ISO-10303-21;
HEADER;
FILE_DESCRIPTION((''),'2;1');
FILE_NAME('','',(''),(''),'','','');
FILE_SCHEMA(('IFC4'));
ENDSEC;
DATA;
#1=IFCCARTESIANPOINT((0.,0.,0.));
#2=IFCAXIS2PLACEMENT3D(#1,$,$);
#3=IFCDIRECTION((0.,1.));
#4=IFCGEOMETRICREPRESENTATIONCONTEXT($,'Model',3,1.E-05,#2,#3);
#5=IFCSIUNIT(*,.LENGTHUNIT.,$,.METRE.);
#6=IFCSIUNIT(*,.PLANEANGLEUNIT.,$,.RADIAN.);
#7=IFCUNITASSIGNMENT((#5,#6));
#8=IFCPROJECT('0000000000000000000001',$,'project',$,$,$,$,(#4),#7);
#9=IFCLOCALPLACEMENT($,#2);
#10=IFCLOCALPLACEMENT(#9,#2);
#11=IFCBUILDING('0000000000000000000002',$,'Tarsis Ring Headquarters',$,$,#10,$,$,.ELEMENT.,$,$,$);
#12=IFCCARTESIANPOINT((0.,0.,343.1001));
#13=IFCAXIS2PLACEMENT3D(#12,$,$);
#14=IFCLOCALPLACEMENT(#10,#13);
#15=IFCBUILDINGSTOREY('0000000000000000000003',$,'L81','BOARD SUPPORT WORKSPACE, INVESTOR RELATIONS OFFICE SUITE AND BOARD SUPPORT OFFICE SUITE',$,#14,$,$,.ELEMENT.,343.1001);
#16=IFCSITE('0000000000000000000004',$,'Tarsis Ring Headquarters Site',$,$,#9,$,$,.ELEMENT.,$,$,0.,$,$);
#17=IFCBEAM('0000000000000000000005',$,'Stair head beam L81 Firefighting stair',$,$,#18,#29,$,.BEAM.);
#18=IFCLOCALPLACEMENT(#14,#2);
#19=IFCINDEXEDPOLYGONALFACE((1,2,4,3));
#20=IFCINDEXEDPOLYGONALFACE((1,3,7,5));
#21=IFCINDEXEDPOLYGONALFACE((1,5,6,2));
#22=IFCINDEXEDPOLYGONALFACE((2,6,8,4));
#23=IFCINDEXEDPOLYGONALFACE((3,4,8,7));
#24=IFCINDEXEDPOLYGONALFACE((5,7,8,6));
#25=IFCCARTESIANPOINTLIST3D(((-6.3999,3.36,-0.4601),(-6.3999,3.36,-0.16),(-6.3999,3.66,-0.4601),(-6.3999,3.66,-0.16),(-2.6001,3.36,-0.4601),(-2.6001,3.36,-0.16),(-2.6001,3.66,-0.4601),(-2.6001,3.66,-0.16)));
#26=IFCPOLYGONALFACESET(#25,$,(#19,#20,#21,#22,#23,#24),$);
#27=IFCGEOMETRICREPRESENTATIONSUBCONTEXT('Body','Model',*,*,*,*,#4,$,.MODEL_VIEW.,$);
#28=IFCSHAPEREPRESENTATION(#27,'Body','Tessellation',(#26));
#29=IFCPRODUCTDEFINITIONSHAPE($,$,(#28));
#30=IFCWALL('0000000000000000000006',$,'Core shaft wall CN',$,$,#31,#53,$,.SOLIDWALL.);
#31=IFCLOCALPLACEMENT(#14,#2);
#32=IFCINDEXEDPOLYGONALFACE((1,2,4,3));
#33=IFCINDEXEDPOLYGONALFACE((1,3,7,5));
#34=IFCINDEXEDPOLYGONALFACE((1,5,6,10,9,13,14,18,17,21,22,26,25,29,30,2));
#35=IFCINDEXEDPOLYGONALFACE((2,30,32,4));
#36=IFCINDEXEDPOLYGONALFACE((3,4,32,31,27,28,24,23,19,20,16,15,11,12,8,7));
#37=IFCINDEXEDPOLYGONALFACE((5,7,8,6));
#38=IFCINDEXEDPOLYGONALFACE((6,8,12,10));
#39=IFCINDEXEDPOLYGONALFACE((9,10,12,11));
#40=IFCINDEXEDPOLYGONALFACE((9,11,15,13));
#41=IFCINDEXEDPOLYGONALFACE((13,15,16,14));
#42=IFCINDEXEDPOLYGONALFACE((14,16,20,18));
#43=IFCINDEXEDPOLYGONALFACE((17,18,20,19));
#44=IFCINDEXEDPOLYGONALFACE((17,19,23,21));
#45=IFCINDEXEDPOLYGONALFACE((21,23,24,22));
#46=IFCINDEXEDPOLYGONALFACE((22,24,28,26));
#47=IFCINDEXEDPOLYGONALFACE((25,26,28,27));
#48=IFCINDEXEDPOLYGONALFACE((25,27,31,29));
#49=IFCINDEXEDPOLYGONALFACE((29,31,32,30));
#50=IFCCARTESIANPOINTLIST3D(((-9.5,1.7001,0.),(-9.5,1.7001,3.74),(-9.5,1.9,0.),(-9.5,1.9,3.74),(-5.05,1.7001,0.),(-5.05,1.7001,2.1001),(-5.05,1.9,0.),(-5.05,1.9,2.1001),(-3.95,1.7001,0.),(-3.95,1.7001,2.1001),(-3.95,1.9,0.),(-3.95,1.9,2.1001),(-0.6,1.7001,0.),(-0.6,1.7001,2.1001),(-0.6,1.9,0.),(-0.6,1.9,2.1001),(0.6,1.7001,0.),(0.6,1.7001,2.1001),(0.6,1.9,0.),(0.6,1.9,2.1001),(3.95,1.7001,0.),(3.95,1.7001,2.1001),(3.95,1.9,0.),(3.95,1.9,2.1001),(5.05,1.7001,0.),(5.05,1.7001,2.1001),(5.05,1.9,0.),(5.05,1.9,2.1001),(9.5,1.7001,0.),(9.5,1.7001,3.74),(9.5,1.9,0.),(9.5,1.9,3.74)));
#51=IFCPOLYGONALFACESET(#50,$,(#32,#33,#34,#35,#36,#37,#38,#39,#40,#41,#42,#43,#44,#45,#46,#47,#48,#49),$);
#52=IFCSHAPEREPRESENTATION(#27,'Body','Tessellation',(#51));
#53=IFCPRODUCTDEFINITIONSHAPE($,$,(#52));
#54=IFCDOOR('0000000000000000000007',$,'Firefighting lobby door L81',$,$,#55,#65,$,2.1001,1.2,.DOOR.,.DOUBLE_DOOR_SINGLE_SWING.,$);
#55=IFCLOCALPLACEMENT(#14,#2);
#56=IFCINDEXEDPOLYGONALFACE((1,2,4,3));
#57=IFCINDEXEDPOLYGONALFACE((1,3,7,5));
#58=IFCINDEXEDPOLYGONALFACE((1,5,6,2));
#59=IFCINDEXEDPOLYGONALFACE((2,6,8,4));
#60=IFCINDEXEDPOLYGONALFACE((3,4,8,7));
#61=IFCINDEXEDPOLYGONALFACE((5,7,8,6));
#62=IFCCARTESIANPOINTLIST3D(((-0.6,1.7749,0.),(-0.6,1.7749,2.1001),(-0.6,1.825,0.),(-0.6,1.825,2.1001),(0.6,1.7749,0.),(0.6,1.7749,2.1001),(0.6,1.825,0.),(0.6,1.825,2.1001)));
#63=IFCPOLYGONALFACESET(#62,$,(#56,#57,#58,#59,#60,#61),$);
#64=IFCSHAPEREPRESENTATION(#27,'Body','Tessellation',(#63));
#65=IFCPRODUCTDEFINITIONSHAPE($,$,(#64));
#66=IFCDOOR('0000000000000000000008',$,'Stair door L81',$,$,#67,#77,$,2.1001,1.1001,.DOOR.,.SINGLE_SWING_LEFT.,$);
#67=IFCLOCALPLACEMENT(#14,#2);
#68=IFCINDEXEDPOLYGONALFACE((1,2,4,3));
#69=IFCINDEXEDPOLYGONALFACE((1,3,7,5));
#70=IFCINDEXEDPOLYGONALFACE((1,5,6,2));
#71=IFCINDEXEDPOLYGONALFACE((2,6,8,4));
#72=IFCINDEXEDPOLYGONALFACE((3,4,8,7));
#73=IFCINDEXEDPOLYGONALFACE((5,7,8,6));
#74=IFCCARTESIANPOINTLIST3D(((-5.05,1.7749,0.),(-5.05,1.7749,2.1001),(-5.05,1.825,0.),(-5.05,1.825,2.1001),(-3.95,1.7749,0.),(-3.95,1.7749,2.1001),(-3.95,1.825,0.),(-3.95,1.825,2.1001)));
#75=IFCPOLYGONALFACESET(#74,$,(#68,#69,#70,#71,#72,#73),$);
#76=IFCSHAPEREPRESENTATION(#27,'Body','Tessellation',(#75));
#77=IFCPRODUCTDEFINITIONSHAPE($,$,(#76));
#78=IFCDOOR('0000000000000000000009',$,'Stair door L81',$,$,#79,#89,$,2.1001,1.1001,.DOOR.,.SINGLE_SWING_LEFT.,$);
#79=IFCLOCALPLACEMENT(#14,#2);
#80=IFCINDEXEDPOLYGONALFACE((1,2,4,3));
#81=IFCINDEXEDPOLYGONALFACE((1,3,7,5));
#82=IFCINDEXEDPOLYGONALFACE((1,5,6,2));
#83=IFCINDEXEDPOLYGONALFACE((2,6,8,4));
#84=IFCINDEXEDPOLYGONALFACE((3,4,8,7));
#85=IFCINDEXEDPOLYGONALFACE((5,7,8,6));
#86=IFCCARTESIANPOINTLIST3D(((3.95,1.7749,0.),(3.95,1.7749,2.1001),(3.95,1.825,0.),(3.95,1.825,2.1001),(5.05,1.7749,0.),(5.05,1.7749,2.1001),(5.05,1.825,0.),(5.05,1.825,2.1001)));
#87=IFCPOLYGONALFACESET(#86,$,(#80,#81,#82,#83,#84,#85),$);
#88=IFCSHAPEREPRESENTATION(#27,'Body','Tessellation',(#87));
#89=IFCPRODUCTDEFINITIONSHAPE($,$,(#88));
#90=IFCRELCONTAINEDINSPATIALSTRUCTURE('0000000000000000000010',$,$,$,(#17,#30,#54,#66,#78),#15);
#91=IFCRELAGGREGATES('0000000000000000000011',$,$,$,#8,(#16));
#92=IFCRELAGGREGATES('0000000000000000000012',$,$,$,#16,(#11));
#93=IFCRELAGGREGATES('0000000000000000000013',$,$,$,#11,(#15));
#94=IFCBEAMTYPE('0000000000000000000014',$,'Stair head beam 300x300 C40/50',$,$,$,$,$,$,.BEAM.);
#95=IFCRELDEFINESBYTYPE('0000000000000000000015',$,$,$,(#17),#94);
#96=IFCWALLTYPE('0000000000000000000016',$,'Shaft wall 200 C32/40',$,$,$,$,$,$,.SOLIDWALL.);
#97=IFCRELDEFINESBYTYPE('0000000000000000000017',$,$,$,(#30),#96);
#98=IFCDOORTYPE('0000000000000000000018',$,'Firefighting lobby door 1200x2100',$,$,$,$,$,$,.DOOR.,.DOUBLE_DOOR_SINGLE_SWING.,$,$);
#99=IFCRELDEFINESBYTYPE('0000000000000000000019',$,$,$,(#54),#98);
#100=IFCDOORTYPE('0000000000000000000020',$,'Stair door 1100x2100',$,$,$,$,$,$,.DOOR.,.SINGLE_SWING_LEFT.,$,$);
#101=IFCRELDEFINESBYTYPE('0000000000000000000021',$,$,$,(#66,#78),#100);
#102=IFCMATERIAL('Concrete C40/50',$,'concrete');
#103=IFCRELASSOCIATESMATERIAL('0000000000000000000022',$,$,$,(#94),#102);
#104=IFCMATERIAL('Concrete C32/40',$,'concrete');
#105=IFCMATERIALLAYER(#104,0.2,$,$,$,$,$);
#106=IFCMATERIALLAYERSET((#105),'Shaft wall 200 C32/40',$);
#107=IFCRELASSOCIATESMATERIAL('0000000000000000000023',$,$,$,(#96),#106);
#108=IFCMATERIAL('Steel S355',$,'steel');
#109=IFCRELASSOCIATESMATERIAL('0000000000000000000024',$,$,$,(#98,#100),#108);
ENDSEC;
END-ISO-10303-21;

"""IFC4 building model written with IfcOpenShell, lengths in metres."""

from ifc_helpers import new_model, si_unit, direction, frame, frame_2d, origin, origin_2d, place, context, subcontext, project, spatial, rectangle, extrude, material, layer, layer_set, material_profile, profile_set, type_object, element, fill, save


model = new_model("IFC4")

# Units and contexts
model_context = context("Model", 3, precision=1e-05, world=origin(), true_north=direction((0.0, 1.0)))
body_context = subcontext(model_context, "Body", "Model", "MODEL_VIEW")
ifc_project = project(units=[si_unit("LENGTHUNIT", "METRE"), si_unit("PLANEANGLEUNIT", "RADIAN")], contexts=[model_context])

# Site, building, storey
site_placement = place(None, origin())
site = spatial("IfcSite", under=ifc_project, at=site_placement, Name="Tarsis Ring Headquarters Site", CompositionType="ELEMENT", RefElevation=0.0)
building_placement = place(site_placement, origin())
building = spatial("IfcBuilding", under=site, at=building_placement, Name="Tarsis Ring Headquarters", CompositionType="ELEMENT")
storey_placement = place(building_placement, frame((0.0, 0.0, 343.1001)))
storey = spatial("IfcBuildingStorey", under=building, at=storey_placement, Name="L81", Description="BOARD SUPPORT WORKSPACE, INVESTOR RELATIONS OFFICE SUITE AND BOARD SUPPORT OFFICE SUITE", CompositionType="ELEMENT", Elevation=343.1001)

# Beam
ifc_material_1 = material(Name="Concrete C40/50", Category="concrete")
ifc_material_profile = material_profile(ifc_material_1, rectangle(XDim=0.3, YDim=0.3, at=origin_2d()), Name="Stair head beam 300x300 C40/50")
ifc_profile_set = profile_set([ifc_material_profile], Name="Concrete C40/50")
beam_type = type_object("IfcBeamType", Name="Stair head beam 300x300 C40/50", PredefinedType="BEAM", material=ifc_profile_set)
beam_placement = place(storey_placement, frame((-6.3999, 3.51, -0.3101), z_axis=(1.0, 0.0, 0.0), x_axis=(0.0, 1.0, 0.0)))
element("IfcBeam", 1, at=beam_placement, inside=storey, type_object=beam_type, Name="Stair head beam L81 Firefighting stair", PredefinedType="BEAM", context=body_context, shape_type="SweptSolid", body=[
    extrude(rectangle(XDim=0.3, YDim=0.3, at=origin_2d()), origin(), (0.0, 0.0, 1.0), 3.7998),
])

# Wall, openings, doors
ifc_material_2 = material(Name="Concrete C32/40", Category="concrete")
ifc_layer = layer(ifc_material_2, 0.2)
ifc_layer_set = layer_set([ifc_layer], Name="Shaft wall 200 C32/40")
wall_type = type_object("IfcWallType", Name="Shaft wall 200 C32/40", PredefinedType="SOLIDWALL", material=ifc_layer_set)
wall_1_placement = place(storey_placement, frame((-9.5, 1.8, 0.0), z_axis=(0.0, 0.0, 1.0), x_axis=(1.0, 0.0, 0.0)))
wall_1 = element("IfcWall", 2, at=wall_1_placement, inside=storey, type_object=wall_type, Name="Core shaft wall CN", PredefinedType="SOLIDWALL", context=body_context, shape_type="SweptSolid", body=[
    extrude(rectangle(XDim=19.0, YDim=0.2, at=frame_2d((9.5, 0.0))), origin(), (0.0, 0.0, 1.0), 3.74),
])
opening_1_placement = place(wall_1_placement, frame((4.45, 0.0, 0.0)))
opening_1 = element("IfcOpeningElement", 3, at=opening_1_placement, cuts=wall_1, PredefinedType="OPENING", context=body_context, shape_type="SweptSolid", body=[
    extrude(rectangle(XDim=1.1001, YDim=2.1001, at=frame_2d((0.55, 1.05))), frame((0.0, 0.1099, 0.0), z_axis=(0.0, -1.0, 0.0), x_axis=(1.0, 0.0, 0.0)), (0.0, 0.0, 1.0), 0.22),
])
opening_2_placement = place(wall_1_placement, frame((8.8999, 0.0, 0.0)))
opening_2 = element("IfcOpeningElement", 4, at=opening_2_placement, cuts=wall_1, PredefinedType="OPENING", context=body_context, shape_type="SweptSolid", body=[
    extrude(rectangle(XDim=1.2, YDim=2.1001, at=frame_2d((0.6001, 1.05))), frame((0.0, 0.1099, 0.0), z_axis=(0.0, -1.0, 0.0), x_axis=(1.0, 0.0, 0.0)), (0.0, 0.0, 1.0), 0.22),
])
opening_3_placement = place(wall_1_placement, frame((13.45, 0.0, 0.0)))
opening_3 = element("IfcOpeningElement", 5, at=opening_3_placement, cuts=wall_1, PredefinedType="OPENING", context=body_context, shape_type="SweptSolid", body=[
    extrude(rectangle(XDim=1.1001, YDim=2.1001, at=frame_2d((0.55, 1.05))), frame((0.0, 0.1099, 0.0), z_axis=(0.0, -1.0, 0.0), x_axis=(1.0, 0.0, 0.0)), (0.0, 0.0, 1.0), 0.22),
])
ifc_material_3 = material(Name="Steel S355", Category="steel")
door_type_1 = type_object("IfcDoorType", Name="Firefighting lobby door 1200x2100", OperationType="DOUBLE_DOOR_SINGLE_SWING", PredefinedType="DOOR", material=ifc_material_3)
door_1_placement = place(opening_2_placement, origin())
door_1 = element("IfcDoor", 6, at=door_1_placement, inside=storey, type_object=door_type_1, Name="Firefighting lobby door L81", OperationType="DOUBLE_DOOR_SINGLE_SWING", OverallHeight=2.1001, OverallWidth=1.2, PredefinedType="DOOR", context=body_context, shape_type="SweptSolid", body=[
    extrude(rectangle(XDim=1.2, YDim=2.1001, at=frame_2d((0.6001, 1.05))), frame((0.0, 0.0249, 0.0), z_axis=(0.0, -1.0, 0.0), x_axis=(1.0, 0.0, 0.0)), (0.0, 0.0, 1.0), 0.05),
])
fill(opening_2, door_1)
door_type_2 = type_object("IfcDoorType", Name="Stair door 1100x2100", OperationType="SINGLE_SWING_LEFT", PredefinedType="DOOR", material=ifc_material_3)
door_2_placement = place(opening_1_placement, origin())
door_2 = element("IfcDoor", 7, at=door_2_placement, inside=storey, type_object=door_type_2, Name="Stair door L81", OperationType="SINGLE_SWING_LEFT", OverallHeight=2.1001, OverallWidth=1.1001, PredefinedType="DOOR", context=body_context, shape_type="SweptSolid", body=[
    extrude(rectangle(XDim=1.1001, YDim=2.1001, at=frame_2d((0.55, 1.05))), frame((0.0, 0.0249, 0.0), z_axis=(0.0, -1.0, 0.0), x_axis=(1.0, 0.0, 0.0)), (0.0, 0.0, 1.0), 0.05),
])
fill(opening_1, door_2)
door_3_placement = place(opening_3_placement, origin())
door_3 = element("IfcDoor", 8, at=door_3_placement, inside=storey, type_object=door_type_2, Name="Stair door L81", OperationType="SINGLE_SWING_LEFT", OverallHeight=2.1001, OverallWidth=1.1001, PredefinedType="DOOR", context=body_context, shape_type="SweptSolid", body=[
    extrude(rectangle(XDim=1.1001, YDim=2.1001, at=frame_2d((0.55, 1.05))), frame((0.0, 0.0249, 0.0), z_axis=(0.0, -1.0, 0.0), x_axis=(1.0, 0.0, 0.0)), (0.0, 0.0, 1.0), 0.05),
])
fill(opening_3, door_3)

save(model, "model.ifc")
